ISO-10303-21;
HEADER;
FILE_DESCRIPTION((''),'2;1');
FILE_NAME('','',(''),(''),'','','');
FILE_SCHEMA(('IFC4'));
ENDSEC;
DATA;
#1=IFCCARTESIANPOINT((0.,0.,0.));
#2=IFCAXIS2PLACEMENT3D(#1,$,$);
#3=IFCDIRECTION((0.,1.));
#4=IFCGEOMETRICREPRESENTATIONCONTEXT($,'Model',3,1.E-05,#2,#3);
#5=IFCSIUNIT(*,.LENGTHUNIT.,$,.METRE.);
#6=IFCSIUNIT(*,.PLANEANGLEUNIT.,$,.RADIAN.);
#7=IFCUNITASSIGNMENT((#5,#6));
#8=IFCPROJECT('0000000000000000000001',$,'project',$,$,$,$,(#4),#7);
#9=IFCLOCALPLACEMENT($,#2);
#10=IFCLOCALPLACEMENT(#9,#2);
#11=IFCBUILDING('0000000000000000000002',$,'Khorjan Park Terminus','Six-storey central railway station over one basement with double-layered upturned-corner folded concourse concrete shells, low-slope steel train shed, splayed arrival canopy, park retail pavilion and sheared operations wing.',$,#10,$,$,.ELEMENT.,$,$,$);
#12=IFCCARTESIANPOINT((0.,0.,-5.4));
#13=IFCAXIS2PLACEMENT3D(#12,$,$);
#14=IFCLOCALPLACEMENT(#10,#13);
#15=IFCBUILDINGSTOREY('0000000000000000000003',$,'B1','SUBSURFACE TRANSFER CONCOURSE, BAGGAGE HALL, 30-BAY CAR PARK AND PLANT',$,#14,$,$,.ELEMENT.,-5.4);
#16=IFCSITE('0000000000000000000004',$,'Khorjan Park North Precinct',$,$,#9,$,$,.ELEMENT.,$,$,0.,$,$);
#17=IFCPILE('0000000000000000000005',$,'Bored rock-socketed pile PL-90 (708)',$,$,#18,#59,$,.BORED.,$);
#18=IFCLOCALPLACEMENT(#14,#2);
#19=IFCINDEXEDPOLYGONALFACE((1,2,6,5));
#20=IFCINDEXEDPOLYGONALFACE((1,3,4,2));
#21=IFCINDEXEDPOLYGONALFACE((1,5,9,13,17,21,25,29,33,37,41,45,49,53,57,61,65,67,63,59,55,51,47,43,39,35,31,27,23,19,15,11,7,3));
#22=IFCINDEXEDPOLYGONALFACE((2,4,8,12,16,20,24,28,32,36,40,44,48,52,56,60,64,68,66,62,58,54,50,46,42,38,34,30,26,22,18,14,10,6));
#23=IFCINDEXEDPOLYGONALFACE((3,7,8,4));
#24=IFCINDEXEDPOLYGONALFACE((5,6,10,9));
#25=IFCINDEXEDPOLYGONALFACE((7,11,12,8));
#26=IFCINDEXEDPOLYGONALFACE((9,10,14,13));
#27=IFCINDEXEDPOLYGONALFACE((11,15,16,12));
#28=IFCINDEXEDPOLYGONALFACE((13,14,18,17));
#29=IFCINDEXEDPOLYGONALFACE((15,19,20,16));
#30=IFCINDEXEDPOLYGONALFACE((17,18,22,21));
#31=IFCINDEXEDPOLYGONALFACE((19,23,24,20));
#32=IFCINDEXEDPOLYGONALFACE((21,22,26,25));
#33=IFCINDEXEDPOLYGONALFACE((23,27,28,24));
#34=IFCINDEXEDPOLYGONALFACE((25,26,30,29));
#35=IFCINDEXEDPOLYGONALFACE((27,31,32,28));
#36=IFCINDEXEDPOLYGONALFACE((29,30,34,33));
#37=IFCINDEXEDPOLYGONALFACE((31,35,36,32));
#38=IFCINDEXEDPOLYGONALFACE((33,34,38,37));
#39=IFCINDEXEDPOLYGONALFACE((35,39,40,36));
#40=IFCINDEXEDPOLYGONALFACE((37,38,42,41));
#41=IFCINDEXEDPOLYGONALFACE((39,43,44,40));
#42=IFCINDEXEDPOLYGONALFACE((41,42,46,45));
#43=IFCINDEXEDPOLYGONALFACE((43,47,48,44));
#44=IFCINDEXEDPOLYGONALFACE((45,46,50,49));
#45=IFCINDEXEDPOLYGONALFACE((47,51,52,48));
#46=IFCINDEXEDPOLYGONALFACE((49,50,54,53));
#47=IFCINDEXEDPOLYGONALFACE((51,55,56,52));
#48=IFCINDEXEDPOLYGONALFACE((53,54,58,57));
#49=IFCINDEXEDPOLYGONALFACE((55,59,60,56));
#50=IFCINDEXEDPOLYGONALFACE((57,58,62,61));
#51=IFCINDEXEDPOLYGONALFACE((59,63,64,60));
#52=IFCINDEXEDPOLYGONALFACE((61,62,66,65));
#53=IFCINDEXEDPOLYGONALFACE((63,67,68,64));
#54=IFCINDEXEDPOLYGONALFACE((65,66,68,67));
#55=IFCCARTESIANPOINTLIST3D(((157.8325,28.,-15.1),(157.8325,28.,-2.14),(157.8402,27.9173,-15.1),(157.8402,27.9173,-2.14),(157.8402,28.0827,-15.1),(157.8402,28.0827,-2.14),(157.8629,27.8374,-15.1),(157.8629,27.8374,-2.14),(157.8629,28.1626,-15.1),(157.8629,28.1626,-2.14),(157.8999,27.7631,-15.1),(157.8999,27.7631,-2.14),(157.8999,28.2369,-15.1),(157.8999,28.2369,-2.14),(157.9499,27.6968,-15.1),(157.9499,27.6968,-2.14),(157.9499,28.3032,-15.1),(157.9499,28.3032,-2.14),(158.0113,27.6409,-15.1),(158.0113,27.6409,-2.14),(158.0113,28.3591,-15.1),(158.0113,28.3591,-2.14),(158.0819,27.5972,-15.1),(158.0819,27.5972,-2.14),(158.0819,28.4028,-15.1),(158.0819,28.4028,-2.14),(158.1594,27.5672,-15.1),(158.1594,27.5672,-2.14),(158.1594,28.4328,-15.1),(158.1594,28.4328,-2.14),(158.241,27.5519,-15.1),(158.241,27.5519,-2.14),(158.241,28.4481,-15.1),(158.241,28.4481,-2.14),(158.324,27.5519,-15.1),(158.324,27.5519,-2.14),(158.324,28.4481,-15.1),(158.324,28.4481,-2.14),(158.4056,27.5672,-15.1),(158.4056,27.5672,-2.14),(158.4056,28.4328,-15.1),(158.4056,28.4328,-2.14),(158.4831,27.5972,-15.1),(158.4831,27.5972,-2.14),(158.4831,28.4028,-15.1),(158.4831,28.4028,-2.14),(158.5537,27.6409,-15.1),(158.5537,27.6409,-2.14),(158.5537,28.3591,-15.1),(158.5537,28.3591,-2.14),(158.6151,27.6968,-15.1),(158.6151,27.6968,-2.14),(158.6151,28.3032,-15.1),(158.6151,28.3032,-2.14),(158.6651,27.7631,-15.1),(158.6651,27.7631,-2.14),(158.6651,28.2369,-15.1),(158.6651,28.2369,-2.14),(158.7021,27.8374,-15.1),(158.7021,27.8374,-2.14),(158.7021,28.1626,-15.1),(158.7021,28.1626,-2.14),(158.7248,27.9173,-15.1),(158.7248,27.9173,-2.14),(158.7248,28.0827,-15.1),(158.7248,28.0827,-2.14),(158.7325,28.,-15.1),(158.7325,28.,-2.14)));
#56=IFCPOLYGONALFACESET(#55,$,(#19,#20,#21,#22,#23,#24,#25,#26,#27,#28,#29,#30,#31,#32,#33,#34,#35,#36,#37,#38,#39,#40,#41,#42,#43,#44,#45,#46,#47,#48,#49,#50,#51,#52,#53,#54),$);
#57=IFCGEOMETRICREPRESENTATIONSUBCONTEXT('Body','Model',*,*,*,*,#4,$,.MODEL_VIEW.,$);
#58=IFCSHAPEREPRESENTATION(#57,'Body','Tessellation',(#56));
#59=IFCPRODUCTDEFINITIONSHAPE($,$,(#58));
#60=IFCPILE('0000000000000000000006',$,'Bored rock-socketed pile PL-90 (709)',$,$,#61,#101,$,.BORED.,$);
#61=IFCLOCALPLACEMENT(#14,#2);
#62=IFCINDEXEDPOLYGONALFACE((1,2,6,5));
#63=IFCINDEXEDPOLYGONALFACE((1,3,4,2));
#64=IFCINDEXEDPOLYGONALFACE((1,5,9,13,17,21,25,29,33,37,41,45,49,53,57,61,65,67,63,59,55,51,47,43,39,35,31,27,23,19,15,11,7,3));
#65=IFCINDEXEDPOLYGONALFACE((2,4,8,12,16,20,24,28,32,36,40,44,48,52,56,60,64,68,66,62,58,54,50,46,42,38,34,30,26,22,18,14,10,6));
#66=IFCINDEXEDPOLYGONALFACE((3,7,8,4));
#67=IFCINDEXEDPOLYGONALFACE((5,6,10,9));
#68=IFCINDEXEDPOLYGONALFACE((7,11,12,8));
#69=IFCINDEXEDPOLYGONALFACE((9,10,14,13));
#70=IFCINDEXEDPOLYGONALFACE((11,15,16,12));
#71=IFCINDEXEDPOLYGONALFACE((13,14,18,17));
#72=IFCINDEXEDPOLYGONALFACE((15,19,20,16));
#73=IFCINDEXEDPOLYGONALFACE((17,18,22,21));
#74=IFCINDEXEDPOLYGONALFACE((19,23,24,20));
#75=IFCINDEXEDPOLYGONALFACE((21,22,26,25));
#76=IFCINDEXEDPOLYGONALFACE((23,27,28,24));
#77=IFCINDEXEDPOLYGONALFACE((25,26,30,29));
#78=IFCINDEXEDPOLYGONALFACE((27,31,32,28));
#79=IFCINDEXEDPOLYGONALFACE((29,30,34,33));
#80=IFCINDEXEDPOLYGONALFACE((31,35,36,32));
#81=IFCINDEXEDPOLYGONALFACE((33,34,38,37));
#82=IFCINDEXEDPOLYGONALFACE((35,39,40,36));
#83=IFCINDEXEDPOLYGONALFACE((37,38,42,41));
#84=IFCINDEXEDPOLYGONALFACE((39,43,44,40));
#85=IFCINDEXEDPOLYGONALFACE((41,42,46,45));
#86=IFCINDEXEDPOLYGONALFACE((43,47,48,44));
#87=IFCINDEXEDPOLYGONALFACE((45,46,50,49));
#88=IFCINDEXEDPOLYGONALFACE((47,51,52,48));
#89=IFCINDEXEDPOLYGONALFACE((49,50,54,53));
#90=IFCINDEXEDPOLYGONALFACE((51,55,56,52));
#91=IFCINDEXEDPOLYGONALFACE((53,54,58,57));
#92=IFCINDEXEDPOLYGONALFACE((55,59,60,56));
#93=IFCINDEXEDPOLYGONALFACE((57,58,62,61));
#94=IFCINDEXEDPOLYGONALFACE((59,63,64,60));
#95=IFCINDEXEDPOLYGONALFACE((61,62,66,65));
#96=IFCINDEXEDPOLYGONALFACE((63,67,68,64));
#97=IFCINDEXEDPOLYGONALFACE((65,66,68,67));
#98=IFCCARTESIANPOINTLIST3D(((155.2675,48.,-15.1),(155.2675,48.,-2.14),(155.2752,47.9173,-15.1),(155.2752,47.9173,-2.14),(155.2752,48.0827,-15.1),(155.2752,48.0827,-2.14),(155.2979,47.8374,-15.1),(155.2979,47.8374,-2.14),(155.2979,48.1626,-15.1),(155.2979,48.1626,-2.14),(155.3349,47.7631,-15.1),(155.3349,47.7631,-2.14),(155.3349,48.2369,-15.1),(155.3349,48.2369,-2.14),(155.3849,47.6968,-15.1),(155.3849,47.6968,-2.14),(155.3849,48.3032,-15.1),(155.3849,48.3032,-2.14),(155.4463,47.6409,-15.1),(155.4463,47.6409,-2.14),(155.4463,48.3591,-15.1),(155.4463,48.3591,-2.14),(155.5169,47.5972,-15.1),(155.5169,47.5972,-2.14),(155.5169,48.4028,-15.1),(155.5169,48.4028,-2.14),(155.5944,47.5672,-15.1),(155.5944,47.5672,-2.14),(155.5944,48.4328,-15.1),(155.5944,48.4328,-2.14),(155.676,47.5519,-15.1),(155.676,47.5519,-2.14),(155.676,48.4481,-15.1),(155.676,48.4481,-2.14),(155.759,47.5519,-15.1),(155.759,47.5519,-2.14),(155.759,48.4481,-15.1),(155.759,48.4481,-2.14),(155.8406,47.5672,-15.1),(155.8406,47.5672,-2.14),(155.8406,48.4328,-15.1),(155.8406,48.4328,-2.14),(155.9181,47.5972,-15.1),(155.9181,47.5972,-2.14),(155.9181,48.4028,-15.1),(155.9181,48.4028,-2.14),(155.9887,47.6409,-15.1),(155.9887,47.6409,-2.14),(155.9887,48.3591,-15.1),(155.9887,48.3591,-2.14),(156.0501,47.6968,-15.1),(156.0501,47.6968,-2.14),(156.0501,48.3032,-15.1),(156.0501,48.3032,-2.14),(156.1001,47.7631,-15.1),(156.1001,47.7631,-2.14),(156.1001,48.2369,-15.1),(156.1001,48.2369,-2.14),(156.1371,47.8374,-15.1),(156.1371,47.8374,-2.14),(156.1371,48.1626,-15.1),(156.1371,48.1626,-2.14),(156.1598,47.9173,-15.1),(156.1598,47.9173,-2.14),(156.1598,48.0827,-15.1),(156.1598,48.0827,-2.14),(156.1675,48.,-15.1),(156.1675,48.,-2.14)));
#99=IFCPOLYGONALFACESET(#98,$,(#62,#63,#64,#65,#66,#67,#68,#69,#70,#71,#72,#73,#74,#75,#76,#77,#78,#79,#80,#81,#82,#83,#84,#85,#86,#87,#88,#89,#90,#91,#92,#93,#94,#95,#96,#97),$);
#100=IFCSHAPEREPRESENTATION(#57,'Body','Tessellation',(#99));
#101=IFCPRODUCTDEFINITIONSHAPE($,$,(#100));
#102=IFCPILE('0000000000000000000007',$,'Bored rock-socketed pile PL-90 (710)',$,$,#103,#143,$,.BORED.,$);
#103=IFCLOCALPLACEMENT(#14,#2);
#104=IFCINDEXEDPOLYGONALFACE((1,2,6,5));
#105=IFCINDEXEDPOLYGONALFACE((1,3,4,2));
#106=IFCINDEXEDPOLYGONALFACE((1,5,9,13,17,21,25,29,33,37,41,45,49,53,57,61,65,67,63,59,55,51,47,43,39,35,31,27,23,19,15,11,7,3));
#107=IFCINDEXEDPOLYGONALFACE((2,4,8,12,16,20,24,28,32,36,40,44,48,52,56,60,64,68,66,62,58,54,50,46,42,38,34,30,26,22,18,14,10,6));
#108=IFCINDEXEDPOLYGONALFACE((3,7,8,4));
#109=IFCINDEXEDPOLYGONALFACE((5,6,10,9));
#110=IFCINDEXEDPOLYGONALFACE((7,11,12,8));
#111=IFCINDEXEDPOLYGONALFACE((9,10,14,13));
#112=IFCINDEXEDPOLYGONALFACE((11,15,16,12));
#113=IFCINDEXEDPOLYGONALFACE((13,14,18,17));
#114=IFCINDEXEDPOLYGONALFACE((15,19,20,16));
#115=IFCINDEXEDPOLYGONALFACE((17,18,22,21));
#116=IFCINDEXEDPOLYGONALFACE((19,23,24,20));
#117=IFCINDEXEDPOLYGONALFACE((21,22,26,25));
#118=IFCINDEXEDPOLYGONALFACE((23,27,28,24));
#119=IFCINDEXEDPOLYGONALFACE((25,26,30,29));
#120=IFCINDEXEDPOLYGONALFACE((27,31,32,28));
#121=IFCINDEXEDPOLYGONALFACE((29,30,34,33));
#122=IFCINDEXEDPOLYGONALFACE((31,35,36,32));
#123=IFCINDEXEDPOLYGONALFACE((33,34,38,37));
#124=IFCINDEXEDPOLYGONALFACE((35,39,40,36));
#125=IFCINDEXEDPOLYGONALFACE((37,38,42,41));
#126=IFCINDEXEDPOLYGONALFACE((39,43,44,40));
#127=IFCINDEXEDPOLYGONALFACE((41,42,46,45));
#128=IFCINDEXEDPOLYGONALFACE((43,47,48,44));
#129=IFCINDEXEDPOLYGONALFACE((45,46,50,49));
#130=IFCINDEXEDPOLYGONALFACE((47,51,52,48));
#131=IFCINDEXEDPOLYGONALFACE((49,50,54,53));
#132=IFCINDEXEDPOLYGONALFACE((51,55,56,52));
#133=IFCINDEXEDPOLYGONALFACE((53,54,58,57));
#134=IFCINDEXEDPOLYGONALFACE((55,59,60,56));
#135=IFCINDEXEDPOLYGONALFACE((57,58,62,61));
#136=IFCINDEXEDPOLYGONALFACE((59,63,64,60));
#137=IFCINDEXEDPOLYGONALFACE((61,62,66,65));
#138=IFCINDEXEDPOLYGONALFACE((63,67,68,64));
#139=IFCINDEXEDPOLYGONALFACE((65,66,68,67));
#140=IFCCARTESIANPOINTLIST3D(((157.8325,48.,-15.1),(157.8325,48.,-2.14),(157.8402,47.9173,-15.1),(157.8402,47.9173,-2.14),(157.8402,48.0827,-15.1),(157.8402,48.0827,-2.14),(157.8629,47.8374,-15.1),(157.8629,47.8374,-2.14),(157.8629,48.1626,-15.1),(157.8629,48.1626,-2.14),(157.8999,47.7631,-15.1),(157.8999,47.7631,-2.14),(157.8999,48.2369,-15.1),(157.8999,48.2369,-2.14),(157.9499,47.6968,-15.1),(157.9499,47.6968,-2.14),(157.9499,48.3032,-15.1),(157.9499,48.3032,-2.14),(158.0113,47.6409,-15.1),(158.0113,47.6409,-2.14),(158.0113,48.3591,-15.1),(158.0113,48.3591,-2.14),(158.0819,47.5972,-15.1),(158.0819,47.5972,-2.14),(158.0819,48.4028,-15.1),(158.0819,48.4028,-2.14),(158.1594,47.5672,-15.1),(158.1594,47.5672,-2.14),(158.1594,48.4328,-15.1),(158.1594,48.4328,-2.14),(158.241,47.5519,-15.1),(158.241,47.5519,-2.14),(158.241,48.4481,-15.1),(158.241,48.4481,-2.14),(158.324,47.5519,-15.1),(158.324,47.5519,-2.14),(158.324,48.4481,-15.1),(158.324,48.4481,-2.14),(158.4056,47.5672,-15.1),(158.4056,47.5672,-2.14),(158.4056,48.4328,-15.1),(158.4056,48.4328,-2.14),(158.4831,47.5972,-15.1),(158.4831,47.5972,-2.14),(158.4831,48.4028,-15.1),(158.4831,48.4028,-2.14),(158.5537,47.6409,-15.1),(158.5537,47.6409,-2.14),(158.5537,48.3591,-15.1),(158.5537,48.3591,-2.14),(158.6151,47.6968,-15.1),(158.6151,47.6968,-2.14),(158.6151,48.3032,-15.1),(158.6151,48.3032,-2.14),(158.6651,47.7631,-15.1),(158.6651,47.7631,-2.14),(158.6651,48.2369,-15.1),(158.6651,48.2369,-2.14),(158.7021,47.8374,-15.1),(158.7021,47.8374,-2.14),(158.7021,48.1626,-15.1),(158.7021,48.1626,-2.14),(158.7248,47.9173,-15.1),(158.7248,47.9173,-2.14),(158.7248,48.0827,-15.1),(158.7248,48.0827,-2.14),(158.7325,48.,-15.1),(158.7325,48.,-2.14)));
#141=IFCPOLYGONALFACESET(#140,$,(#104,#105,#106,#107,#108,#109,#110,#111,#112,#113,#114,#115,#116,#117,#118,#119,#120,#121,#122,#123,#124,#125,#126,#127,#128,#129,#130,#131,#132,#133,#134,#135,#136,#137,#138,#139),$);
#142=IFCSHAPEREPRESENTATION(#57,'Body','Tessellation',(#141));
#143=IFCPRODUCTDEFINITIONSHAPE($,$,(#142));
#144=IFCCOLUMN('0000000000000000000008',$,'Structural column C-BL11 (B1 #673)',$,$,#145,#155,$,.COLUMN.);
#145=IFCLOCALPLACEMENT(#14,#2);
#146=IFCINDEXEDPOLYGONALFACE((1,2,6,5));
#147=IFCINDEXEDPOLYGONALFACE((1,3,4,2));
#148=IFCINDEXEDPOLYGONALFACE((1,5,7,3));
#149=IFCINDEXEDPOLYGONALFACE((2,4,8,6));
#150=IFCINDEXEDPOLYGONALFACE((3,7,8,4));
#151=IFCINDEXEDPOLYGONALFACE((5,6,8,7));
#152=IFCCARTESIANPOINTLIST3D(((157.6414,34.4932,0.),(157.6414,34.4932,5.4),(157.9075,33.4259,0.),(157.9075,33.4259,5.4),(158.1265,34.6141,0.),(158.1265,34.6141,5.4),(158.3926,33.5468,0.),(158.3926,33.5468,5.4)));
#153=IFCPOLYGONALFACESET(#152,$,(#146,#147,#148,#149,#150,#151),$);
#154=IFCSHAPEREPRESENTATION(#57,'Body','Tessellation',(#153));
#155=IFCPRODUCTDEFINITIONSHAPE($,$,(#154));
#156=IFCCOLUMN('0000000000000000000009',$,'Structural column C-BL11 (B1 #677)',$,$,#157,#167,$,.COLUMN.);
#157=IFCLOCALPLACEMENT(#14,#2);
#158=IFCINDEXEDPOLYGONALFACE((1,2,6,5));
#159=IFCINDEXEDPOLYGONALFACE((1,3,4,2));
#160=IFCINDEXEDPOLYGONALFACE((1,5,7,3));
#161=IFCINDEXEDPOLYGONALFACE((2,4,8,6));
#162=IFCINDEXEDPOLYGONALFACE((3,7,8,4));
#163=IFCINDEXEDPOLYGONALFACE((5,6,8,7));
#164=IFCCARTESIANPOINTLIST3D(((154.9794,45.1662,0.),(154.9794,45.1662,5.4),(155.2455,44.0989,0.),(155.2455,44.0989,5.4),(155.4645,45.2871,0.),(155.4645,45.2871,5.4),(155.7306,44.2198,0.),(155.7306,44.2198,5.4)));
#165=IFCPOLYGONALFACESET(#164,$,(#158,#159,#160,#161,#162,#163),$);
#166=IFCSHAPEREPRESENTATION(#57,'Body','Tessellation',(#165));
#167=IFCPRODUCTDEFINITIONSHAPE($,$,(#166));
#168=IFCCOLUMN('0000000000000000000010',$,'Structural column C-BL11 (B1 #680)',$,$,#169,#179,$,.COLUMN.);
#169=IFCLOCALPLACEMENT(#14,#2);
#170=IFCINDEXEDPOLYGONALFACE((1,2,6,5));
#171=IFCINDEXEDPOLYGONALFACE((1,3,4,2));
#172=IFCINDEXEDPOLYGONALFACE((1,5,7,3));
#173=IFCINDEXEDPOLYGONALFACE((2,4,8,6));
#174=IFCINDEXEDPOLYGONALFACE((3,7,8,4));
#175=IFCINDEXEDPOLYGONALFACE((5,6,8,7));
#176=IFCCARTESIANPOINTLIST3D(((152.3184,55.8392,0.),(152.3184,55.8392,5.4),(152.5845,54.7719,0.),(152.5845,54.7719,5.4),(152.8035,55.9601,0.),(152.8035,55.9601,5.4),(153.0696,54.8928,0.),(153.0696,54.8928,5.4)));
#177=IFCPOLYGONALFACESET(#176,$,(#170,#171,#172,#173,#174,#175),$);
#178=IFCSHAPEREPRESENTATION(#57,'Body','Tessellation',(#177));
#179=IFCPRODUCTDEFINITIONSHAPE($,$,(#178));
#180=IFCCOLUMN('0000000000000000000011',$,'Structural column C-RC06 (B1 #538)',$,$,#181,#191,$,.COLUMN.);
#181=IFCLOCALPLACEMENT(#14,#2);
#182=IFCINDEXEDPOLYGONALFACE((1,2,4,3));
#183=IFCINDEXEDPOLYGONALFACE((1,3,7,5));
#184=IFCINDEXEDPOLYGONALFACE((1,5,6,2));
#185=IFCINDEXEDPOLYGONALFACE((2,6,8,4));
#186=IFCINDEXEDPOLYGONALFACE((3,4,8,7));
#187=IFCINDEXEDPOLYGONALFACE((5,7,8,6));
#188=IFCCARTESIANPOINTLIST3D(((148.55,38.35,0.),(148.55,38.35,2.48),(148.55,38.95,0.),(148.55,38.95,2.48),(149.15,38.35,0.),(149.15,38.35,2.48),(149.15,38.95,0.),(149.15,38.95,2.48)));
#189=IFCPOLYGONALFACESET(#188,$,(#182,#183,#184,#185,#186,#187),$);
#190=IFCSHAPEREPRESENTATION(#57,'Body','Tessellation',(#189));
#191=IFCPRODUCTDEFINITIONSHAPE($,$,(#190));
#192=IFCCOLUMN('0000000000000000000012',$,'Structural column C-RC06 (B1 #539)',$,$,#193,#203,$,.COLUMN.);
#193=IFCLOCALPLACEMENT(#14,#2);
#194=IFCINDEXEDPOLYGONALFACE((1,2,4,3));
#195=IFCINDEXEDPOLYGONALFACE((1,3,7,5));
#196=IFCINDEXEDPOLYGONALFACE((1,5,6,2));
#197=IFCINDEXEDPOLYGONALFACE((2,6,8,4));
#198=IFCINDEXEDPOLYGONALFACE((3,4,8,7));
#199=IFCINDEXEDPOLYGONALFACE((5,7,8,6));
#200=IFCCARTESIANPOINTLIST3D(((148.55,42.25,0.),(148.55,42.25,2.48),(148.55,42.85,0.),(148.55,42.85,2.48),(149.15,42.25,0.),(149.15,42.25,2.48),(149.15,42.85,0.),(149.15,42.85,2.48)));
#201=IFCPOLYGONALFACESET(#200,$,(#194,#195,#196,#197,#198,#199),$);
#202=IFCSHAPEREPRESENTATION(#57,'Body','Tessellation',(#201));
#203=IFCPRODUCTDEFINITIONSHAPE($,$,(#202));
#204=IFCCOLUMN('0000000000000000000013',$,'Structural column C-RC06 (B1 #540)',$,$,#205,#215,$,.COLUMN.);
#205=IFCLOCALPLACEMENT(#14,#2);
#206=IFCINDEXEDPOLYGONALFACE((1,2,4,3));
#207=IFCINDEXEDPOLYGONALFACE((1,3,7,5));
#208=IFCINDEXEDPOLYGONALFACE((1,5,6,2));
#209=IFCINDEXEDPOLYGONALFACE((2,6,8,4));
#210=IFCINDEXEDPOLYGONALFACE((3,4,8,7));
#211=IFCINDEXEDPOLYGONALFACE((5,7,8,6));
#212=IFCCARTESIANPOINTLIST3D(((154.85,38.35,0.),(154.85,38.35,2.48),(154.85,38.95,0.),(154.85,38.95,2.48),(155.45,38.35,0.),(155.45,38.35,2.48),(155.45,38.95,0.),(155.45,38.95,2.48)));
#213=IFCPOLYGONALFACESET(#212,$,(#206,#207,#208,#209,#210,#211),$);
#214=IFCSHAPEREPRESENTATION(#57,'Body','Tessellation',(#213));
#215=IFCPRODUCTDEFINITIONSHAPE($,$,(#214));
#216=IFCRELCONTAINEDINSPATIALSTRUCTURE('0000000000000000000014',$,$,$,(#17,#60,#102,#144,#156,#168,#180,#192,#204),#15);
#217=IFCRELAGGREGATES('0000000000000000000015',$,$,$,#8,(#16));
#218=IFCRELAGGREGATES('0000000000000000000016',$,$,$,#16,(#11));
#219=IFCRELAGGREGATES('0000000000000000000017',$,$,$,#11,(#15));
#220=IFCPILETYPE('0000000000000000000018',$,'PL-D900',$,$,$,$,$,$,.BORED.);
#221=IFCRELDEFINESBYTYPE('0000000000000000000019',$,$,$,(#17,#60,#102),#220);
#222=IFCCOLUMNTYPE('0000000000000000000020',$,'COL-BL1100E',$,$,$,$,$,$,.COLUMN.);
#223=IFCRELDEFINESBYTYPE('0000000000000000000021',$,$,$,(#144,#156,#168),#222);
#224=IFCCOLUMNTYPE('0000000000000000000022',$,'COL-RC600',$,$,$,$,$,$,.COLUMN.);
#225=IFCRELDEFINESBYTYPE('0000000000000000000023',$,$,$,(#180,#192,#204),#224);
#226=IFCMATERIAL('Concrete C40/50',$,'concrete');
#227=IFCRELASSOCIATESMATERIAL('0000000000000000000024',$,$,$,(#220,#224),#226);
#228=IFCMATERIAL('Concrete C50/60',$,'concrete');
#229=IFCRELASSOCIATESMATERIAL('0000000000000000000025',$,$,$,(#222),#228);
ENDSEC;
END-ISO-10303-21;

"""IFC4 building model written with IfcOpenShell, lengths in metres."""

from ifc_helpers import new_model, si_unit, direction, frame, origin, origin_2d, place, context, subcontext, project, spatial, rectangle, circle, extrude, material, material_profile, profile_set, type_object, element, save


model = new_model("IFC4")

# Units and contexts
model_context = context("Model", 3, precision=1e-05, world=origin(), true_north=direction((0.0, 1.0)))
body_context = subcontext(model_context, "Body", "Model", "MODEL_VIEW")
ifc_project = project(units=[si_unit("LENGTHUNIT", "METRE"), si_unit("PLANEANGLEUNIT", "RADIAN")], contexts=[model_context])

# Site, building, storey
site_placement = place(None, origin())
site = spatial("IfcSite", under=ifc_project, at=site_placement, Name="Khorjan Park North Precinct", CompositionType="ELEMENT", RefElevation=0.0)
building_placement = place(site_placement, origin())
building = spatial("IfcBuilding", under=site, at=building_placement, Name="Khorjan Park Terminus", Description="Six-storey central railway station over one basement with double-layered upturned-corner folded concourse concrete shells, low-slope steel train shed, splayed arrival canopy, park retail pavilion and sheared operations wing.", CompositionType="ELEMENT")
storey_placement = place(building_placement, frame((0.0, 0.0, -5.4)))
storey = spatial("IfcBuildingStorey", under=building, at=storey_placement, Name="B1", Description="SUBSURFACE TRANSFER CONCOURSE, BAGGAGE HALL, 30-BAY CAR PARK AND PLANT", CompositionType="ELEMENT", Elevation=-5.4)

# Piles
ifc_material_1 = material(Name="Concrete C40/50", Category="concrete")
ifc_material_profile_1 = material_profile(ifc_material_1, circle(Radius=0.45, at=origin_2d()), Name="BORED D900")
ifc_profile_set_1 = profile_set([ifc_material_profile_1], Name="Concrete C40/50")
pile_type_1 = type_object("IfcPileType", Name="PL-D900", PredefinedType="BORED", material=ifc_profile_set_1)
for number, where, z_axis, x_axis, name in (
    (1, (158.2825, 28.0, -2.14), (0.0, 0.0, -1.0), (1.0, 0.0, 0.0), "Bored rock-socketed pile PL-90 (708)"),
    (2, (155.7175, 48.0, -2.14), (0.0, 0.0, -1.0), (1.0, 0.0, 0.0), "Bored rock-socketed pile PL-90 (709)"),
    (3, (158.2825, 48.0, -2.14), (0.0, 0.0, -1.0), (1.0, 0.0, 0.0), "Bored rock-socketed pile PL-90 (710)"),
):
    element("IfcPile", number, at=place(storey_placement, frame(where, z_axis=z_axis, x_axis=x_axis)), inside=storey, type_object=pile_type_1, Name=name, PredefinedType="BORED", context=body_context, shape_type="SweptSolid", body=[
        extrude(circle(Radius=0.45, at=origin_2d()), origin(), (0.0, 0.0, 1.0), 12.96),
    ])

# Columns
ifc_material_2 = material(Name="Concrete C50/60", Category="concrete")
ifc_material_profile_2 = material_profile(ifc_material_2, rectangle(XDim=0.5, YDim=1.1, at=origin_2d()), Name="RC 500x1100")
ifc_profile_set_2 = profile_set([ifc_material_profile_2], Name="Concrete C50/60")
column_type_1 = type_object("IfcColumnType", Name="COL-BL1100E", PredefinedType="COLUMN", material=ifc_profile_set_2)
for number, where, z_axis, x_axis, name in (
    (4, (158.017, 34.02, 0.0), (0.0, 0.0, 1.0), (0.970296, 0.241922, 0.0), "Structural column C-BL11 (B1 #673)"),
    (5, (155.355, 44.693, 0.0), (0.0, 0.0, 1.0), (0.970296, 0.241922, 0.0), "Structural column C-BL11 (B1 #677)"),
    (6, (152.694, 55.366, 0.0), (0.0, 0.0, 1.0), (0.970296, 0.241922, 0.0), "Structural column C-BL11 (B1 #680)"),
):
    element("IfcColumn", number, at=place(storey_placement, frame(where, z_axis=z_axis, x_axis=x_axis)), inside=storey, type_object=column_type_1, Name=name, PredefinedType="COLUMN", context=body_context, shape_type="SweptSolid", body=[
        extrude(rectangle(XDim=0.5, YDim=1.1, at=origin_2d()), origin(), (0.0, 0.0, 1.0), 5.4),
    ])
ifc_material_profile_3 = material_profile(ifc_material_1, rectangle(XDim=0.6, YDim=0.6, at=origin_2d()), Name="RC 600x600")
ifc_profile_set_3 = profile_set([ifc_material_profile_3], Name="Concrete C40/50")
column_type_2 = type_object("IfcColumnType", Name="COL-RC600", PredefinedType="COLUMN", material=ifc_profile_set_3)
for number, where, z_axis, x_axis, name in (
    (7, (148.85, 38.65, 0.0), (0.0, 0.0, 1.0), (1.0, 0.0, 0.0), "Structural column C-RC06 (B1 #538)"),
    (8, (148.85, 42.55, 0.0), (0.0, 0.0, 1.0), (1.0, 0.0, 0.0), "Structural column C-RC06 (B1 #539)"),
    (9, (155.15, 38.65, 0.0), (0.0, 0.0, 1.0), (1.0, 0.0, 0.0), "Structural column C-RC06 (B1 #540)"),
):
    element("IfcColumn", number, at=place(storey_placement, frame(where, z_axis=z_axis, x_axis=x_axis)), inside=storey, type_object=column_type_2, Name=name, PredefinedType="COLUMN", context=body_context, shape_type="SweptSolid", body=[
        extrude(rectangle(XDim=0.6, YDim=0.6, at=origin_2d()), origin(), (0.0, 0.0, 1.0), 2.48),
    ])

save(model, "model.ifc")
